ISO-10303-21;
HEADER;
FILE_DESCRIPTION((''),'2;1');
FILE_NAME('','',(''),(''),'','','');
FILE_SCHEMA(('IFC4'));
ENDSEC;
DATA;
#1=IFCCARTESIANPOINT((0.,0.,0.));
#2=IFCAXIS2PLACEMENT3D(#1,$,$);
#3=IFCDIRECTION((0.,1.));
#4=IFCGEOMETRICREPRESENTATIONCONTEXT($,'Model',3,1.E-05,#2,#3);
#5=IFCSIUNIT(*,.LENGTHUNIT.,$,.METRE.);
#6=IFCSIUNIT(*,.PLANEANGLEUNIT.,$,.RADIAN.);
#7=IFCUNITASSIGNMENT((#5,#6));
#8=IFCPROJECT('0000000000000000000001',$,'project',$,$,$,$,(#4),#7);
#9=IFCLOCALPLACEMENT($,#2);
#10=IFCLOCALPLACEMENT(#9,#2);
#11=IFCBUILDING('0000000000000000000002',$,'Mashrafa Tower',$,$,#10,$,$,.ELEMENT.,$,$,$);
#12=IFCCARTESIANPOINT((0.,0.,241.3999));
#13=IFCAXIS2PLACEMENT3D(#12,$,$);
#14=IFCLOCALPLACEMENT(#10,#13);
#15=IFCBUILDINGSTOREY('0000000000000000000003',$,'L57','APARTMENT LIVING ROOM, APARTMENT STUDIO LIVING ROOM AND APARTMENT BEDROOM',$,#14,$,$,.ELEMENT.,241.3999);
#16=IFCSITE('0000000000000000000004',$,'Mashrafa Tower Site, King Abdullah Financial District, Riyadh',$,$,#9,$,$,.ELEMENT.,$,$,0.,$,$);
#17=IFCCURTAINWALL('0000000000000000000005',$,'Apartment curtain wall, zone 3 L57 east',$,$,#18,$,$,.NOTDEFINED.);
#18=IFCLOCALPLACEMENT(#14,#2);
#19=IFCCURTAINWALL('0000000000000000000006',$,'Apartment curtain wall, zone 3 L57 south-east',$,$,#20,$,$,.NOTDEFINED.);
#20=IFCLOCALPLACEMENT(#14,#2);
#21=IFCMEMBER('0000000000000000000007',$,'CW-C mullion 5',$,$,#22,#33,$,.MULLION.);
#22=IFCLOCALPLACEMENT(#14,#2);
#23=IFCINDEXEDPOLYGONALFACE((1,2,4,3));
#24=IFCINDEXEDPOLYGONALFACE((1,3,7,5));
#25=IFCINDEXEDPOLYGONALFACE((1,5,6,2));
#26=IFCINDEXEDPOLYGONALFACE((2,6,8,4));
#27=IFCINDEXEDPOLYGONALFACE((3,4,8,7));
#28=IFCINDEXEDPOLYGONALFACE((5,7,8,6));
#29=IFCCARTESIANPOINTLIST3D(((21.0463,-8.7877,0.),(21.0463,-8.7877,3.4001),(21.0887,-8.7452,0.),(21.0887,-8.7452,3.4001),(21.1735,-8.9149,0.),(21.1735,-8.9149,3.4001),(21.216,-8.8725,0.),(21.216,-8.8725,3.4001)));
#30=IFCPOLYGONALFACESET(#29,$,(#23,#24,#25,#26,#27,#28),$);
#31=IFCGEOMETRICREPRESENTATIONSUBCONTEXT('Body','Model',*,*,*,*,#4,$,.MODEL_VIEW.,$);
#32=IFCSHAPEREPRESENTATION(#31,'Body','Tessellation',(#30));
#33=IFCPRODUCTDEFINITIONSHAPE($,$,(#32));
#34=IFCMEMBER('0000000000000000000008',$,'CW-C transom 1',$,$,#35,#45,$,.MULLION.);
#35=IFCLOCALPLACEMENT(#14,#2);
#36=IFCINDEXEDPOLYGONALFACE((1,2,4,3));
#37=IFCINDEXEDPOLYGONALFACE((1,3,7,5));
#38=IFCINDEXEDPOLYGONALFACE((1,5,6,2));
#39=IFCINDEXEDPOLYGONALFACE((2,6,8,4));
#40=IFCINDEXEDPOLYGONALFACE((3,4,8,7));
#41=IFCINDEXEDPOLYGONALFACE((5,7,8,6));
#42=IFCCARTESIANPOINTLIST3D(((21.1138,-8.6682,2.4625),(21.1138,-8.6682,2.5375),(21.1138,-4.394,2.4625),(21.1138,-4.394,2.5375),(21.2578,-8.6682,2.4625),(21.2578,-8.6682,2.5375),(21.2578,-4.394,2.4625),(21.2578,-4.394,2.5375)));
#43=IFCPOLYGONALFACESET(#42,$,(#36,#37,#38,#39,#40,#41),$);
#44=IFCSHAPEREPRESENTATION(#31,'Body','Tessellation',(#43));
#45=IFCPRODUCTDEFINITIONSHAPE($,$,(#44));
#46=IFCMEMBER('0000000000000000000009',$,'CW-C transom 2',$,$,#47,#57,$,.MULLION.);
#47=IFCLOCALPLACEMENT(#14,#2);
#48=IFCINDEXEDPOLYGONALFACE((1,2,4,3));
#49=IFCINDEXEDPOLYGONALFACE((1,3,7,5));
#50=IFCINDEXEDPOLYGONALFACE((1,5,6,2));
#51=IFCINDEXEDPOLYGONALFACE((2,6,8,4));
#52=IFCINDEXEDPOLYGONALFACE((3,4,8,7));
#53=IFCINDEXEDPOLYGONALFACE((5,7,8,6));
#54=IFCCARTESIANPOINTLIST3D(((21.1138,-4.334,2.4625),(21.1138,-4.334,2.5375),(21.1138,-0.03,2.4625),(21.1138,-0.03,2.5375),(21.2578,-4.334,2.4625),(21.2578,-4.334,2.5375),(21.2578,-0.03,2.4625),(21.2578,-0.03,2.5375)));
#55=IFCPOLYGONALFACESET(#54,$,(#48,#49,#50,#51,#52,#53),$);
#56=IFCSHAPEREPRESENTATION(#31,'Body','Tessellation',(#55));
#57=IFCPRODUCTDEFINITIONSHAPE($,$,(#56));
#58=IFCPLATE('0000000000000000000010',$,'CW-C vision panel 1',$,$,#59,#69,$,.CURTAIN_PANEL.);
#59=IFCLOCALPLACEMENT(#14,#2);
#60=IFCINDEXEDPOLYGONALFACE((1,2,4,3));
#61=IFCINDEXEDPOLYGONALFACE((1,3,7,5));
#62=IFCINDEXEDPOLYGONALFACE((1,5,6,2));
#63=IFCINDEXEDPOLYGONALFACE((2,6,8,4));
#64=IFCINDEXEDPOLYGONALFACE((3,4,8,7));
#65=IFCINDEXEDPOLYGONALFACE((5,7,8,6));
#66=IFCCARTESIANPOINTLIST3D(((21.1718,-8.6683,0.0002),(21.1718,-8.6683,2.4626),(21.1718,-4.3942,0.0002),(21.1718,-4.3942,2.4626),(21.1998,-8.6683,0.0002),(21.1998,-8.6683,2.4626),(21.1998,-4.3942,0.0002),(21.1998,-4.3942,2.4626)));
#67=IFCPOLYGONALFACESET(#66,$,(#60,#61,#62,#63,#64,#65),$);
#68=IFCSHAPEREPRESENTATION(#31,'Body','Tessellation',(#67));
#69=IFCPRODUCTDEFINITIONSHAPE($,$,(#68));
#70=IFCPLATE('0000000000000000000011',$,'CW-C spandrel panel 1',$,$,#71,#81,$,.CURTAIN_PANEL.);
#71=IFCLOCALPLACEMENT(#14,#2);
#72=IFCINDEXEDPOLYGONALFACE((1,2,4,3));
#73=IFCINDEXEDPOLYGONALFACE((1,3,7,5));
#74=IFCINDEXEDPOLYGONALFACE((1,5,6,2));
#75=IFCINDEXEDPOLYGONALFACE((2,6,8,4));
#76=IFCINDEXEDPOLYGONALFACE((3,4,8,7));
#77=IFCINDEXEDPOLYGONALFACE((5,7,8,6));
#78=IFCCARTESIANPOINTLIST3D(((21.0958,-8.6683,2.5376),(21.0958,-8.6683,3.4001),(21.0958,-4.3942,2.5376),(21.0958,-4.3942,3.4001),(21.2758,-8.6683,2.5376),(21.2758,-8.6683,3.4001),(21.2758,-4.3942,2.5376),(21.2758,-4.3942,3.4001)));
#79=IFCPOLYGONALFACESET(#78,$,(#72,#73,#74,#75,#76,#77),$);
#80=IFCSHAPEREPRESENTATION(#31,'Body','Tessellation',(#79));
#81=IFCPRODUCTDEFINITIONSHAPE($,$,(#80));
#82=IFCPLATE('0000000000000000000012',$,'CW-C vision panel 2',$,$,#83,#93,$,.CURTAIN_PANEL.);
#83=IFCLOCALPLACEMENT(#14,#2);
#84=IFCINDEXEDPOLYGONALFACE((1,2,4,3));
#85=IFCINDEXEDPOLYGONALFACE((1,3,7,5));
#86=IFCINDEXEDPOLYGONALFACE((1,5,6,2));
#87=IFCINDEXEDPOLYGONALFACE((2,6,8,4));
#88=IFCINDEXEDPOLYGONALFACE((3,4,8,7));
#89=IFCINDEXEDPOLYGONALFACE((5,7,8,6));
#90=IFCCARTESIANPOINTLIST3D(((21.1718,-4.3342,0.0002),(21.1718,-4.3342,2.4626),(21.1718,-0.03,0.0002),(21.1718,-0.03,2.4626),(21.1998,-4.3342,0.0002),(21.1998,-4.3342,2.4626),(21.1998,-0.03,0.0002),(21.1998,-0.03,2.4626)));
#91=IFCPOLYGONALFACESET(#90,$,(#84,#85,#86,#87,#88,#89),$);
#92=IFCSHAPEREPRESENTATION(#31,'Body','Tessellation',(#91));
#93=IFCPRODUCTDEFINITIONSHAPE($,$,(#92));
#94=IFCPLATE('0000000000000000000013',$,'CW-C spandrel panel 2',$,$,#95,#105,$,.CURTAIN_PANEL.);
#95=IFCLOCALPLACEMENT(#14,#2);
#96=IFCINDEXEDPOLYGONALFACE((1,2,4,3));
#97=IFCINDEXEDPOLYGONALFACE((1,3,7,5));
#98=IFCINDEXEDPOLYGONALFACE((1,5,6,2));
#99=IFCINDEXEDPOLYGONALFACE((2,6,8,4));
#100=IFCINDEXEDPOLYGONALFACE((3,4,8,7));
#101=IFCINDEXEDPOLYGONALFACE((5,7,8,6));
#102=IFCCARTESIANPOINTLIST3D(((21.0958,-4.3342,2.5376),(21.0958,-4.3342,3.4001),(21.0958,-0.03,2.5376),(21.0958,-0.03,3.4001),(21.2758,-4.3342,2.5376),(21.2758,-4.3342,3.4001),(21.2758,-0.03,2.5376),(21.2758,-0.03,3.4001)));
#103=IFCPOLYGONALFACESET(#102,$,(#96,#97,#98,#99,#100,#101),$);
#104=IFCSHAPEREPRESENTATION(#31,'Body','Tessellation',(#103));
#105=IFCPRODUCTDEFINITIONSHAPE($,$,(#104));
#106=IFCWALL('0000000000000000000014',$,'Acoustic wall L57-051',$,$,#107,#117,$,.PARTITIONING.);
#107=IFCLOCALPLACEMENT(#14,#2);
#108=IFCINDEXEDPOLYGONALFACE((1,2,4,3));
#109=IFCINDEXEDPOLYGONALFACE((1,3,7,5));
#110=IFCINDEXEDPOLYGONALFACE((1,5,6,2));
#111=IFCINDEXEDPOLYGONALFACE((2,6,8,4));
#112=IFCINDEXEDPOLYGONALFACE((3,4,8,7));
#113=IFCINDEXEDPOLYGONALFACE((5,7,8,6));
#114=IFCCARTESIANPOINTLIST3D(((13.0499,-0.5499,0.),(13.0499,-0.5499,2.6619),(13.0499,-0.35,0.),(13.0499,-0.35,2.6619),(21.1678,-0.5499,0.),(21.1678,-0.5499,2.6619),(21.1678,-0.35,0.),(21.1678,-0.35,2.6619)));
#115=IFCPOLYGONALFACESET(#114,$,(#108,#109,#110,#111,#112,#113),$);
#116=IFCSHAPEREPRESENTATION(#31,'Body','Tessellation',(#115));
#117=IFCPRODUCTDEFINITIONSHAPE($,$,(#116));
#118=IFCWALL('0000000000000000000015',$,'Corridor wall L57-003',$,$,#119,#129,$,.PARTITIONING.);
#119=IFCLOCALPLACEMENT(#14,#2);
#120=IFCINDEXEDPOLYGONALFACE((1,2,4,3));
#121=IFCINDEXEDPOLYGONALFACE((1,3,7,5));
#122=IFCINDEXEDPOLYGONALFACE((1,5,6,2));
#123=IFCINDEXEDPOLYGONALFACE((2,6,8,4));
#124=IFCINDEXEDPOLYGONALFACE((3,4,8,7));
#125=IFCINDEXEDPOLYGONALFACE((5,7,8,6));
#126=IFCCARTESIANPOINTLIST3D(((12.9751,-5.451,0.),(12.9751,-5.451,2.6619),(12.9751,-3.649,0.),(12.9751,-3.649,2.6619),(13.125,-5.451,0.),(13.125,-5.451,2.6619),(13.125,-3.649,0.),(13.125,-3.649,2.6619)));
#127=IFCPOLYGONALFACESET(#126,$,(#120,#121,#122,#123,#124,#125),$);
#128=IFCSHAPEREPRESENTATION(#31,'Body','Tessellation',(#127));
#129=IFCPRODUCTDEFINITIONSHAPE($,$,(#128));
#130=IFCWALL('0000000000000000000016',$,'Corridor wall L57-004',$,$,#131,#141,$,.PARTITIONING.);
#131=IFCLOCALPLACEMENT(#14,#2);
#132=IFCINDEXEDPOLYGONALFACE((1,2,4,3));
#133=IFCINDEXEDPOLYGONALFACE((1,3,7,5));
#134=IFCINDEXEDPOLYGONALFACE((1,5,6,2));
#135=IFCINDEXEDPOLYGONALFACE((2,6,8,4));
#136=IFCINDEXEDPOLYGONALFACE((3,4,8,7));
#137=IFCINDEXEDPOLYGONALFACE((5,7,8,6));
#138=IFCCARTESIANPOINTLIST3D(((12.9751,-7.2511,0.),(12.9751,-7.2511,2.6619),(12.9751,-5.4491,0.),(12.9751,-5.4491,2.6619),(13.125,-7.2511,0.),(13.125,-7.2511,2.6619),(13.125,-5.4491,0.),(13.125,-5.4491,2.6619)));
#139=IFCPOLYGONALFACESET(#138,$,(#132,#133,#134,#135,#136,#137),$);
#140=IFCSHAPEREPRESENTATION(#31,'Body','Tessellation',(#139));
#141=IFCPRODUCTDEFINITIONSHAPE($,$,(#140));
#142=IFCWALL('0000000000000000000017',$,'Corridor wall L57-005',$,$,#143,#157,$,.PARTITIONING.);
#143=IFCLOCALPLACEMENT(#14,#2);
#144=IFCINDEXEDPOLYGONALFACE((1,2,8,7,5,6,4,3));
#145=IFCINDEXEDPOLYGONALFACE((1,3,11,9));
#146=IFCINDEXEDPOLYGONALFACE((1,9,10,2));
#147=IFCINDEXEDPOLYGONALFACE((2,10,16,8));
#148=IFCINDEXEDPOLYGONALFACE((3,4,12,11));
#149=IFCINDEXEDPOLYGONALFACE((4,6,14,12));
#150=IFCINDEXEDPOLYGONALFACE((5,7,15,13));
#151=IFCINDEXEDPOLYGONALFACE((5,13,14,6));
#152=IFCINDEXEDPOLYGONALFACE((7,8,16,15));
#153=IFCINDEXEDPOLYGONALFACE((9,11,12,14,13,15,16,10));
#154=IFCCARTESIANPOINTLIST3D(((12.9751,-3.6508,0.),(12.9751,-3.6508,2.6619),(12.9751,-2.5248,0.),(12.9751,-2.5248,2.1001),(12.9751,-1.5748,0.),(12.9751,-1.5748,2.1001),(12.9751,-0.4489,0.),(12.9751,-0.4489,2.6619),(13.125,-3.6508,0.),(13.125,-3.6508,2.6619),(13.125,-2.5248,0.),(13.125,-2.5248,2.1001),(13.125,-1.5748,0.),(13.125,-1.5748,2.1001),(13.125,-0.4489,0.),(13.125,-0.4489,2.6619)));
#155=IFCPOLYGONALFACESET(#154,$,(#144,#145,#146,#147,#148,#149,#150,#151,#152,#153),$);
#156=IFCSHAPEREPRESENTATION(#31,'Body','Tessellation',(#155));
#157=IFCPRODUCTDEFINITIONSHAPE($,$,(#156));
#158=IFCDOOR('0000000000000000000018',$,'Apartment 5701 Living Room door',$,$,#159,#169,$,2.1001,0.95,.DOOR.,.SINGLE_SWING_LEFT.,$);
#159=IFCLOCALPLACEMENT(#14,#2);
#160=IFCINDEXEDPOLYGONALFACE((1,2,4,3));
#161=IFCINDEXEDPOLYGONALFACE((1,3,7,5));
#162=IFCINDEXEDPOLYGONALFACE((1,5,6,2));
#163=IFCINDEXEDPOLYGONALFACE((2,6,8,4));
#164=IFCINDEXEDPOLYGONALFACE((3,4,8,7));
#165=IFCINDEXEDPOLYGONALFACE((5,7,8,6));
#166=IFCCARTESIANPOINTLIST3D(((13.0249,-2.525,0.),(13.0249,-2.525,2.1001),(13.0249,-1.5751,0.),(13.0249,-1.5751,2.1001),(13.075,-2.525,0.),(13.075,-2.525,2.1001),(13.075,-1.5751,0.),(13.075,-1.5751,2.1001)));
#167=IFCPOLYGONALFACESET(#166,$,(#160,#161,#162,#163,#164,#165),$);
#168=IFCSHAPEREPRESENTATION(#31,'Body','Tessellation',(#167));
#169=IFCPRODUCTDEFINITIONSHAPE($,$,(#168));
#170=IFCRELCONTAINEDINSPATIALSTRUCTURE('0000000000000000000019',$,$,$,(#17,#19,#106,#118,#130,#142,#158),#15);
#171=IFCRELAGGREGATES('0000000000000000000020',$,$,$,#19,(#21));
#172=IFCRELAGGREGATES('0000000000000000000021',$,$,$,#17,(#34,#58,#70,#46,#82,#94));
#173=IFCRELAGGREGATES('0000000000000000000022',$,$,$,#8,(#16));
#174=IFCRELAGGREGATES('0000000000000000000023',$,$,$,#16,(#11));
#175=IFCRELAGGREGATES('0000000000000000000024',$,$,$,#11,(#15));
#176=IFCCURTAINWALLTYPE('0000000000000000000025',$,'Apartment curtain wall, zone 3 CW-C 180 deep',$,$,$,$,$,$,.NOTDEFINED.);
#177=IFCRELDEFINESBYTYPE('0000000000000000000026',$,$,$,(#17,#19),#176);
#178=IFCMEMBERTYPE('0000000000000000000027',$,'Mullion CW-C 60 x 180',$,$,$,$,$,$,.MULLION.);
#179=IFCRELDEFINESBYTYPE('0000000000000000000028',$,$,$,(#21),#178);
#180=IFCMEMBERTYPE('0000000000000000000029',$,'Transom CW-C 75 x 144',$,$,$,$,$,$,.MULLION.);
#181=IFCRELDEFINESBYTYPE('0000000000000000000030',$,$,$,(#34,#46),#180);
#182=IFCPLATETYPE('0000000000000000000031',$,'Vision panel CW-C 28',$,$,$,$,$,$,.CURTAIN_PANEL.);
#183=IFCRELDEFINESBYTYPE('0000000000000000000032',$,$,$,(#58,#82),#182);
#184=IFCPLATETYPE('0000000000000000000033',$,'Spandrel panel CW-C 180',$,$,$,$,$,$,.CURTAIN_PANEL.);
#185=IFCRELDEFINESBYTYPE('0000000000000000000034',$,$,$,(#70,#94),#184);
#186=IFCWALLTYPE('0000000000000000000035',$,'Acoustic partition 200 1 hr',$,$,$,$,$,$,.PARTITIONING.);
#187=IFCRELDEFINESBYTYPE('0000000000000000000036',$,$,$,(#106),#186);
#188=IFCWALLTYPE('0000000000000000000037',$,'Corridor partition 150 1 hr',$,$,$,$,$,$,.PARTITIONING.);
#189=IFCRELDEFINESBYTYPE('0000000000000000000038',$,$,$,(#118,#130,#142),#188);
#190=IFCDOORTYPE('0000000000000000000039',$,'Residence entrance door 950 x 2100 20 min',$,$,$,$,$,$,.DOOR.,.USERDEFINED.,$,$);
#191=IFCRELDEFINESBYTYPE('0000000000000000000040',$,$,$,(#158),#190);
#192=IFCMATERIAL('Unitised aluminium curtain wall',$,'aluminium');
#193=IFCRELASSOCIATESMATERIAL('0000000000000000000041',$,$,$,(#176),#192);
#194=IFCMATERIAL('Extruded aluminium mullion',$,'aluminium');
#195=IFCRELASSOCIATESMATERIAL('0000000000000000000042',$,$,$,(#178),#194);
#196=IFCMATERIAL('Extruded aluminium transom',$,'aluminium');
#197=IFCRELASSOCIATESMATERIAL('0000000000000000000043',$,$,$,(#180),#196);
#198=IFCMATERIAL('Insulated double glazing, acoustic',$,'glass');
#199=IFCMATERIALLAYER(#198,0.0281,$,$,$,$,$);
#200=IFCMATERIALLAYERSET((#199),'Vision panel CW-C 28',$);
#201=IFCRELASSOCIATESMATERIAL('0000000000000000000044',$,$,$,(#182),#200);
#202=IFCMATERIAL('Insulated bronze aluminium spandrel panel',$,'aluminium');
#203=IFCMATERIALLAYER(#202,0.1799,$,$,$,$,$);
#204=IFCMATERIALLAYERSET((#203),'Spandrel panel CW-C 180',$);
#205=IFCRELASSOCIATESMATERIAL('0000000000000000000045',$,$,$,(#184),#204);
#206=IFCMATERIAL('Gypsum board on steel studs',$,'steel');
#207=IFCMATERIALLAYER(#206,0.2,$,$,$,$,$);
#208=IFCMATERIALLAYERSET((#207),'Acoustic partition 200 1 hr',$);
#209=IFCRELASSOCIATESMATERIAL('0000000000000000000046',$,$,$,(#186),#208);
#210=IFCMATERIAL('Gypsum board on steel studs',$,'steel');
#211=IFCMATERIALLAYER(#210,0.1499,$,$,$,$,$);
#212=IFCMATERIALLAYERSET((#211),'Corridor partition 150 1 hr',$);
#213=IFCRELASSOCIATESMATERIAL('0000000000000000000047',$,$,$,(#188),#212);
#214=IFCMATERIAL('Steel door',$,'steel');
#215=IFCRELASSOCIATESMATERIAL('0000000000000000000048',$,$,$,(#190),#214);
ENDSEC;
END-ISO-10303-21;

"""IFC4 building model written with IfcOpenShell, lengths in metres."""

from ifc_helpers import new_model, si_unit, direction, frame, frame_2d, origin, origin_2d, place, context, subcontext, project, spatial, rectangle, extrude, source, transform, mapped, material, layer, layer_set, material_profile, profile_set, type_object, type_shapes, element, fill, aggregate, save


model = new_model("IFC4")

# Units and contexts
model_context = context("Model", 3, precision=1e-05, world=origin(), true_north=direction((0.0, 1.0)))
body_context = subcontext(model_context, "Body", "Model", "MODEL_VIEW")
ifc_project = project(units=[si_unit("LENGTHUNIT", "METRE"), si_unit("PLANEANGLEUNIT", "RADIAN")], contexts=[model_context])

# Site, building, storey
site_placement = place(None, origin())
site = spatial("IfcSite", under=ifc_project, at=site_placement, Name="Mashrafa Tower Site, King Abdullah Financial District, Riyadh", CompositionType="ELEMENT", RefElevation=0.0)
building_placement = place(site_placement, origin())
building = spatial("IfcBuilding", under=site, at=building_placement, Name="Mashrafa Tower", CompositionType="ELEMENT")
storey_placement = place(building_placement, frame((0.0, 0.0, 241.3999)))
storey = spatial("IfcBuildingStorey", under=building, at=storey_placement, Name="L57", Description="APARTMENT LIVING ROOM, APARTMENT STUDIO LIVING ROOM AND APARTMENT BEDROOM", CompositionType="ELEMENT", Elevation=241.3999)

# Curtain wall
ifc_material_1 = material(Name="Unitised aluminium curtain wall", Category="aluminium")
curtain_wall_type = type_object("IfcCurtainWallType", Name="Apartment curtain wall, zone 3 CW-C 180 deep", PredefinedType="NOTDEFINED", material=ifc_material_1)
curtain_wall_1_placement = place(storey_placement, origin())
curtain_wall_1 = element("IfcCurtainWall", 1, at=curtain_wall_1_placement, inside=storey, type_object=curtain_wall_type, Name="Apartment curtain wall, zone 3 L57 east", PredefinedType="NOTDEFINED")
ifc_material_2 = material(Name="Extruded aluminium mullion", Category="aluminium")
ifc_material_profile_1 = material_profile(ifc_material_2, rectangle(XDim=0.1799, YDim=0.0601, at=origin_2d()), Name="Mullion 60x180")
ifc_profile_set_1 = profile_set([ifc_material_profile_1], Name="Extruded aluminium mullion")
member_type_1 = type_object("IfcMemberType", Name="Mullion CW-C 60 x 180", PredefinedType="MULLION", material=ifc_profile_set_1)
shared_shape_1 = source(origin(), body_context, "Body", "SweptSolid", [
    extrude(rectangle(XDim=0.1799, YDim=0.0601, at=origin_2d()), origin(), (0.0, 0.0, 1.0), 3.4001),
])
type_shapes(member_type_1, [shared_shape_1])

# Curtain wall, member
curtain_wall_2_placement = place(storey_placement, origin())
curtain_wall_2 = element("IfcCurtainWall", 2, at=curtain_wall_2_placement, inside=storey, type_object=curtain_wall_type, Name="Apartment curtain wall, zone 3 L57 south-east", PredefinedType="NOTDEFINED")
member_1_placement = place(storey_placement, frame((21.1311, -8.8301, 0.0), z_axis=(0.0, 0.0, 1.0), x_axis=(-0.707107, 0.707107, 0.0)))
member_1 = element("IfcMember", 3, at=member_1_placement, type_object=member_type_1, Name="CW-C mullion 5", PredefinedType="MULLION", context=body_context, shape_type="MappedRepresentation", body=[
    mapped(shared_shape_1, transform((0.0, 0.0, 0.0))),
])
aggregate(curtain_wall_2, [member_1])

# Members
ifc_material_3 = material(Name="Extruded aluminium transom", Category="aluminium")
ifc_material_profile_2 = material_profile(ifc_material_3, rectangle(XDim=0.144, YDim=0.075, at=origin_2d()), Name="Transom 75x144")
ifc_profile_set_2 = profile_set([ifc_material_profile_2], Name="Extruded aluminium transom")
member_type_2 = type_object("IfcMemberType", Name="Transom CW-C 75 x 144", PredefinedType="MULLION", material=ifc_profile_set_2)
shared_shape_2 = source(origin(), body_context, "Body", "SweptSolid", [
    extrude(rectangle(XDim=0.144, YDim=0.075, at=origin_2d()), origin(), (0.0, 0.0, 1.0), 4.2742),
])
member_2_placement = place(storey_placement, frame((21.1858, -8.6682, 2.5), z_axis=(0.0, 1.0, 0.0), x_axis=(-1.0, 0.0, 0.0)))
member_2 = element("IfcMember", 4, at=member_2_placement, type_object=member_type_2, Name="CW-C transom 1", PredefinedType="MULLION", context=body_context, shape_type="MappedRepresentation", body=[
    mapped(shared_shape_2, transform((0.0, 0.0, 0.0))),
])
shared_shape_3 = source(origin(), body_context, "Body", "SweptSolid", [
    extrude(rectangle(XDim=0.144, YDim=0.075, at=origin_2d()), origin(), (0.0, 0.0, 1.0), 4.304),
])
type_shapes(member_type_2, [shared_shape_2, shared_shape_3])
member_3_placement = place(storey_placement, frame((21.1858, -4.334, 2.5), z_axis=(0.0, 1.0, 0.0), x_axis=(-1.0, 0.0, 0.0)))
member_3 = element("IfcMember", 5, at=member_3_placement, type_object=member_type_2, Name="CW-C transom 2", PredefinedType="MULLION", context=body_context, shape_type="MappedRepresentation", body=[
    mapped(shared_shape_3, transform((0.0, 0.0, 0.0))),
])

# Plates
ifc_material_4 = material(Name="Insulated double glazing, acoustic", Category="glass")
ifc_layer_1 = layer(ifc_material_4, 0.0281)
ifc_layer_set_1 = layer_set([ifc_layer_1], Name="Vision panel CW-C 28")
plate_type_1 = type_object("IfcPlateType", Name="Vision panel CW-C 28", PredefinedType="CURTAIN_PANEL", material=ifc_layer_set_1)
shared_shape_4 = source(origin(), body_context, "Body", "SweptSolid", [
    extrude(rectangle(XDim=4.2742, YDim=0.0281, at=origin_2d()), origin(), (0.0, 0.0, 1.0), 2.4624),
])
plate_1_placement = place(storey_placement, frame((21.1858, -6.5312, 0.0002), z_axis=(0.0, 0.0, 1.0), x_axis=(0.0, 1.0, 0.0)))
plate_1 = element("IfcPlate", 6, at=plate_1_placement, type_object=plate_type_1, Name="CW-C vision panel 1", PredefinedType="CURTAIN_PANEL", context=body_context, shape_type="MappedRepresentation", body=[
    mapped(shared_shape_4, transform((0.0, 0.0, 0.0))),
])
ifc_material_5 = material(Name="Insulated bronze aluminium spandrel panel", Category="aluminium")
ifc_layer_2 = layer(ifc_material_5, 0.1799)
ifc_layer_set_2 = layer_set([ifc_layer_2], Name="Spandrel panel CW-C 180")
plate_type_2 = type_object("IfcPlateType", Name="Spandrel panel CW-C 180", PredefinedType="CURTAIN_PANEL", material=ifc_layer_set_2)
shared_shape_5 = source(origin(), body_context, "Body", "SweptSolid", [
    extrude(rectangle(XDim=4.2742, YDim=0.1799, at=origin_2d()), origin(), (0.0, 0.0, 1.0), 0.8625),
])
plate_2_placement = place(storey_placement, frame((21.1858, -6.5312, 2.5376), z_axis=(0.0, 0.0, 1.0), x_axis=(0.0, 1.0, 0.0)))
plate_2 = element("IfcPlate", 7, at=plate_2_placement, type_object=plate_type_2, Name="CW-C spandrel panel 1", PredefinedType="CURTAIN_PANEL", context=body_context, shape_type="MappedRepresentation", body=[
    mapped(shared_shape_5, transform((0.0, 0.0, 0.0))),
])
shared_shape_6 = source(origin(), body_context, "Body", "SweptSolid", [
    extrude(rectangle(XDim=4.3042, YDim=0.0281, at=origin_2d()), origin(), (0.0, 0.0, 1.0), 2.4624),
])
type_shapes(plate_type_1, [shared_shape_4, shared_shape_6])
plate_3_placement = place(storey_placement, frame((21.1858, -2.1821, 0.0002), z_axis=(0.0, 0.0, 1.0), x_axis=(0.0, 1.0, 0.0)))
plate_3 = element("IfcPlate", 8, at=plate_3_placement, type_object=plate_type_1, Name="CW-C vision panel 2", PredefinedType="CURTAIN_PANEL", context=body_context, shape_type="MappedRepresentation", body=[
    mapped(shared_shape_6, transform((0.0, 0.0, 0.0))),
])
shared_shape_7 = source(origin(), body_context, "Body", "SweptSolid", [
    extrude(rectangle(XDim=4.3042, YDim=0.1799, at=origin_2d()), origin(), (0.0, 0.0, 1.0), 0.8625),
])
type_shapes(plate_type_2, [shared_shape_5, shared_shape_7])
plate_4_placement = place(storey_placement, frame((21.1858, -2.1821, 2.5376), z_axis=(0.0, 0.0, 1.0), x_axis=(0.0, 1.0, 0.0)))
plate_4 = element("IfcPlate", 9, at=plate_4_placement, type_object=plate_type_2, Name="CW-C spandrel panel 2", PredefinedType="CURTAIN_PANEL", context=body_context, shape_type="MappedRepresentation", body=[
    mapped(shared_shape_7, transform((0.0, 0.0, 0.0))),
])
aggregate(curtain_wall_1, [member_2, plate_1, plate_2, member_3, plate_3, plate_4])

# Walls
ifc_material_6 = material(Name="Gypsum board on steel studs", Category="steel")
ifc_layer_3 = layer(ifc_material_6, 0.2)
ifc_layer_set_3 = layer_set([ifc_layer_3], Name="Acoustic partition 200 1 hr")
wall_type_1 = type_object("IfcWallType", Name="Acoustic partition 200 1 hr", PredefinedType="PARTITIONING", material=ifc_layer_set_3)
wall_1_placement = place(storey_placement, frame((21.168, -0.45, 0.0), z_axis=(0.0, 0.0, 1.0), x_axis=(-1.0, 0.0, 0.0)))
element("IfcWall", 10, at=wall_1_placement, inside=storey, type_object=wall_type_1, Name="Acoustic wall L57-051", PredefinedType="PARTITIONING", context=body_context, shape_type="SweptSolid", body=[
    extrude(rectangle(XDim=8.1179, YDim=0.2, at=frame_2d((4.0591, 0.0))), origin(), (0.0, 0.0, 1.0), 2.6619),
])
ifc_material_7 = material(Name="Gypsum board on steel studs", Category="steel")
ifc_layer_4 = layer(ifc_material_7, 0.1499)
ifc_layer_set_4 = layer_set([ifc_layer_4], Name="Corridor partition 150 1 hr")
wall_type_2 = type_object("IfcWallType", Name="Corridor partition 150 1 hr", PredefinedType="PARTITIONING", material=ifc_layer_set_4)
for number, where, z_axis, x_axis, name in (
    (11, (13.05, -5.4509, 0.0), (0.0, 0.0, 1.0), (0.0, 1.0, 0.0), "Corridor wall L57-003"),
    (12, (13.05, -7.251, 0.0), (0.0, 0.0, 1.0), (0.0, 1.0, 0.0), "Corridor wall L57-004"),
):
    element("IfcWall", number, at=place(storey_placement, frame(where, z_axis=z_axis, x_axis=x_axis)), inside=storey, type_object=wall_type_2, Name=name, PredefinedType="PARTITIONING", context=body_context, shape_type="SweptSolid", body=[
        extrude(rectangle(XDim=1.802, YDim=0.1499, at=frame_2d((0.9009, 0.0))), origin(), (0.0, 0.0, 1.0), 2.6619),
    ])

# Wall, opening, door
wall_2_placement = place(storey_placement, frame((13.05, -3.6509, 0.0), z_axis=(0.0, 0.0, 1.0), x_axis=(0.0, 1.0, 0.0)))
wall_2 = element("IfcWall", 13, at=wall_2_placement, inside=storey, type_object=wall_type_2, Name="Corridor wall L57-005", PredefinedType="PARTITIONING", context=body_context, shape_type="SweptSolid", body=[
    extrude(rectangle(XDim=3.2019, YDim=0.1499, at=frame_2d((1.6011, 0.0))), origin(), (0.0, 0.0, 1.0), 2.6619),
])
opening_1_placement = place(wall_2_placement, frame((1.126, 0.0, 0.0)))
opening_1 = element("IfcOpeningElement", 14, at=opening_1_placement, cuts=wall_2, PredefinedType="OPENING", context=body_context, shape_type="SweptSolid", body=[
    extrude(rectangle(XDim=0.95, YDim=2.1001, at=frame_2d((0.4751, 1.05))), frame((0.0, 0.085, 0.0), z_axis=(0.0, -1.0, 0.0), x_axis=(1.0, 0.0, 0.0)), (0.0, 0.0, 1.0), 0.1699),
])
ifc_material_8 = material(Name="Steel door", Category="steel")
door_type_1 = type_object("IfcDoorType", Name="Residence entrance door 950 x 2100 20 min", OperationType="USERDEFINED", PredefinedType="DOOR", material=ifc_material_8)
door_1_placement = place(opening_1_placement, frame((0.95, 0.0, 0.0), z_axis=(0.0, 0.0, 1.0), x_axis=(-1.0, 0.0, 0.0)))
door_1 = element("IfcDoor", 15, at=door_1_placement, inside=storey, type_object=door_type_1, Name="Apartment 5701 Living Room door", OperationType="SINGLE_SWING_LEFT", OverallHeight=2.1001, OverallWidth=0.95, PredefinedType="DOOR", context=body_context, shape_type="SweptSolid", body=[
    extrude(rectangle(XDim=0.95, YDim=2.1001, at=frame_2d((0.4751, 1.05))), frame((0.0, 0.0249, 0.0), z_axis=(0.0, -1.0, 0.0), x_axis=(1.0, 0.0, 0.0)), (0.0, 0.0, 1.0), 0.05),
])
fill(opening_1, door_1)

save(model, "model.ifc")
